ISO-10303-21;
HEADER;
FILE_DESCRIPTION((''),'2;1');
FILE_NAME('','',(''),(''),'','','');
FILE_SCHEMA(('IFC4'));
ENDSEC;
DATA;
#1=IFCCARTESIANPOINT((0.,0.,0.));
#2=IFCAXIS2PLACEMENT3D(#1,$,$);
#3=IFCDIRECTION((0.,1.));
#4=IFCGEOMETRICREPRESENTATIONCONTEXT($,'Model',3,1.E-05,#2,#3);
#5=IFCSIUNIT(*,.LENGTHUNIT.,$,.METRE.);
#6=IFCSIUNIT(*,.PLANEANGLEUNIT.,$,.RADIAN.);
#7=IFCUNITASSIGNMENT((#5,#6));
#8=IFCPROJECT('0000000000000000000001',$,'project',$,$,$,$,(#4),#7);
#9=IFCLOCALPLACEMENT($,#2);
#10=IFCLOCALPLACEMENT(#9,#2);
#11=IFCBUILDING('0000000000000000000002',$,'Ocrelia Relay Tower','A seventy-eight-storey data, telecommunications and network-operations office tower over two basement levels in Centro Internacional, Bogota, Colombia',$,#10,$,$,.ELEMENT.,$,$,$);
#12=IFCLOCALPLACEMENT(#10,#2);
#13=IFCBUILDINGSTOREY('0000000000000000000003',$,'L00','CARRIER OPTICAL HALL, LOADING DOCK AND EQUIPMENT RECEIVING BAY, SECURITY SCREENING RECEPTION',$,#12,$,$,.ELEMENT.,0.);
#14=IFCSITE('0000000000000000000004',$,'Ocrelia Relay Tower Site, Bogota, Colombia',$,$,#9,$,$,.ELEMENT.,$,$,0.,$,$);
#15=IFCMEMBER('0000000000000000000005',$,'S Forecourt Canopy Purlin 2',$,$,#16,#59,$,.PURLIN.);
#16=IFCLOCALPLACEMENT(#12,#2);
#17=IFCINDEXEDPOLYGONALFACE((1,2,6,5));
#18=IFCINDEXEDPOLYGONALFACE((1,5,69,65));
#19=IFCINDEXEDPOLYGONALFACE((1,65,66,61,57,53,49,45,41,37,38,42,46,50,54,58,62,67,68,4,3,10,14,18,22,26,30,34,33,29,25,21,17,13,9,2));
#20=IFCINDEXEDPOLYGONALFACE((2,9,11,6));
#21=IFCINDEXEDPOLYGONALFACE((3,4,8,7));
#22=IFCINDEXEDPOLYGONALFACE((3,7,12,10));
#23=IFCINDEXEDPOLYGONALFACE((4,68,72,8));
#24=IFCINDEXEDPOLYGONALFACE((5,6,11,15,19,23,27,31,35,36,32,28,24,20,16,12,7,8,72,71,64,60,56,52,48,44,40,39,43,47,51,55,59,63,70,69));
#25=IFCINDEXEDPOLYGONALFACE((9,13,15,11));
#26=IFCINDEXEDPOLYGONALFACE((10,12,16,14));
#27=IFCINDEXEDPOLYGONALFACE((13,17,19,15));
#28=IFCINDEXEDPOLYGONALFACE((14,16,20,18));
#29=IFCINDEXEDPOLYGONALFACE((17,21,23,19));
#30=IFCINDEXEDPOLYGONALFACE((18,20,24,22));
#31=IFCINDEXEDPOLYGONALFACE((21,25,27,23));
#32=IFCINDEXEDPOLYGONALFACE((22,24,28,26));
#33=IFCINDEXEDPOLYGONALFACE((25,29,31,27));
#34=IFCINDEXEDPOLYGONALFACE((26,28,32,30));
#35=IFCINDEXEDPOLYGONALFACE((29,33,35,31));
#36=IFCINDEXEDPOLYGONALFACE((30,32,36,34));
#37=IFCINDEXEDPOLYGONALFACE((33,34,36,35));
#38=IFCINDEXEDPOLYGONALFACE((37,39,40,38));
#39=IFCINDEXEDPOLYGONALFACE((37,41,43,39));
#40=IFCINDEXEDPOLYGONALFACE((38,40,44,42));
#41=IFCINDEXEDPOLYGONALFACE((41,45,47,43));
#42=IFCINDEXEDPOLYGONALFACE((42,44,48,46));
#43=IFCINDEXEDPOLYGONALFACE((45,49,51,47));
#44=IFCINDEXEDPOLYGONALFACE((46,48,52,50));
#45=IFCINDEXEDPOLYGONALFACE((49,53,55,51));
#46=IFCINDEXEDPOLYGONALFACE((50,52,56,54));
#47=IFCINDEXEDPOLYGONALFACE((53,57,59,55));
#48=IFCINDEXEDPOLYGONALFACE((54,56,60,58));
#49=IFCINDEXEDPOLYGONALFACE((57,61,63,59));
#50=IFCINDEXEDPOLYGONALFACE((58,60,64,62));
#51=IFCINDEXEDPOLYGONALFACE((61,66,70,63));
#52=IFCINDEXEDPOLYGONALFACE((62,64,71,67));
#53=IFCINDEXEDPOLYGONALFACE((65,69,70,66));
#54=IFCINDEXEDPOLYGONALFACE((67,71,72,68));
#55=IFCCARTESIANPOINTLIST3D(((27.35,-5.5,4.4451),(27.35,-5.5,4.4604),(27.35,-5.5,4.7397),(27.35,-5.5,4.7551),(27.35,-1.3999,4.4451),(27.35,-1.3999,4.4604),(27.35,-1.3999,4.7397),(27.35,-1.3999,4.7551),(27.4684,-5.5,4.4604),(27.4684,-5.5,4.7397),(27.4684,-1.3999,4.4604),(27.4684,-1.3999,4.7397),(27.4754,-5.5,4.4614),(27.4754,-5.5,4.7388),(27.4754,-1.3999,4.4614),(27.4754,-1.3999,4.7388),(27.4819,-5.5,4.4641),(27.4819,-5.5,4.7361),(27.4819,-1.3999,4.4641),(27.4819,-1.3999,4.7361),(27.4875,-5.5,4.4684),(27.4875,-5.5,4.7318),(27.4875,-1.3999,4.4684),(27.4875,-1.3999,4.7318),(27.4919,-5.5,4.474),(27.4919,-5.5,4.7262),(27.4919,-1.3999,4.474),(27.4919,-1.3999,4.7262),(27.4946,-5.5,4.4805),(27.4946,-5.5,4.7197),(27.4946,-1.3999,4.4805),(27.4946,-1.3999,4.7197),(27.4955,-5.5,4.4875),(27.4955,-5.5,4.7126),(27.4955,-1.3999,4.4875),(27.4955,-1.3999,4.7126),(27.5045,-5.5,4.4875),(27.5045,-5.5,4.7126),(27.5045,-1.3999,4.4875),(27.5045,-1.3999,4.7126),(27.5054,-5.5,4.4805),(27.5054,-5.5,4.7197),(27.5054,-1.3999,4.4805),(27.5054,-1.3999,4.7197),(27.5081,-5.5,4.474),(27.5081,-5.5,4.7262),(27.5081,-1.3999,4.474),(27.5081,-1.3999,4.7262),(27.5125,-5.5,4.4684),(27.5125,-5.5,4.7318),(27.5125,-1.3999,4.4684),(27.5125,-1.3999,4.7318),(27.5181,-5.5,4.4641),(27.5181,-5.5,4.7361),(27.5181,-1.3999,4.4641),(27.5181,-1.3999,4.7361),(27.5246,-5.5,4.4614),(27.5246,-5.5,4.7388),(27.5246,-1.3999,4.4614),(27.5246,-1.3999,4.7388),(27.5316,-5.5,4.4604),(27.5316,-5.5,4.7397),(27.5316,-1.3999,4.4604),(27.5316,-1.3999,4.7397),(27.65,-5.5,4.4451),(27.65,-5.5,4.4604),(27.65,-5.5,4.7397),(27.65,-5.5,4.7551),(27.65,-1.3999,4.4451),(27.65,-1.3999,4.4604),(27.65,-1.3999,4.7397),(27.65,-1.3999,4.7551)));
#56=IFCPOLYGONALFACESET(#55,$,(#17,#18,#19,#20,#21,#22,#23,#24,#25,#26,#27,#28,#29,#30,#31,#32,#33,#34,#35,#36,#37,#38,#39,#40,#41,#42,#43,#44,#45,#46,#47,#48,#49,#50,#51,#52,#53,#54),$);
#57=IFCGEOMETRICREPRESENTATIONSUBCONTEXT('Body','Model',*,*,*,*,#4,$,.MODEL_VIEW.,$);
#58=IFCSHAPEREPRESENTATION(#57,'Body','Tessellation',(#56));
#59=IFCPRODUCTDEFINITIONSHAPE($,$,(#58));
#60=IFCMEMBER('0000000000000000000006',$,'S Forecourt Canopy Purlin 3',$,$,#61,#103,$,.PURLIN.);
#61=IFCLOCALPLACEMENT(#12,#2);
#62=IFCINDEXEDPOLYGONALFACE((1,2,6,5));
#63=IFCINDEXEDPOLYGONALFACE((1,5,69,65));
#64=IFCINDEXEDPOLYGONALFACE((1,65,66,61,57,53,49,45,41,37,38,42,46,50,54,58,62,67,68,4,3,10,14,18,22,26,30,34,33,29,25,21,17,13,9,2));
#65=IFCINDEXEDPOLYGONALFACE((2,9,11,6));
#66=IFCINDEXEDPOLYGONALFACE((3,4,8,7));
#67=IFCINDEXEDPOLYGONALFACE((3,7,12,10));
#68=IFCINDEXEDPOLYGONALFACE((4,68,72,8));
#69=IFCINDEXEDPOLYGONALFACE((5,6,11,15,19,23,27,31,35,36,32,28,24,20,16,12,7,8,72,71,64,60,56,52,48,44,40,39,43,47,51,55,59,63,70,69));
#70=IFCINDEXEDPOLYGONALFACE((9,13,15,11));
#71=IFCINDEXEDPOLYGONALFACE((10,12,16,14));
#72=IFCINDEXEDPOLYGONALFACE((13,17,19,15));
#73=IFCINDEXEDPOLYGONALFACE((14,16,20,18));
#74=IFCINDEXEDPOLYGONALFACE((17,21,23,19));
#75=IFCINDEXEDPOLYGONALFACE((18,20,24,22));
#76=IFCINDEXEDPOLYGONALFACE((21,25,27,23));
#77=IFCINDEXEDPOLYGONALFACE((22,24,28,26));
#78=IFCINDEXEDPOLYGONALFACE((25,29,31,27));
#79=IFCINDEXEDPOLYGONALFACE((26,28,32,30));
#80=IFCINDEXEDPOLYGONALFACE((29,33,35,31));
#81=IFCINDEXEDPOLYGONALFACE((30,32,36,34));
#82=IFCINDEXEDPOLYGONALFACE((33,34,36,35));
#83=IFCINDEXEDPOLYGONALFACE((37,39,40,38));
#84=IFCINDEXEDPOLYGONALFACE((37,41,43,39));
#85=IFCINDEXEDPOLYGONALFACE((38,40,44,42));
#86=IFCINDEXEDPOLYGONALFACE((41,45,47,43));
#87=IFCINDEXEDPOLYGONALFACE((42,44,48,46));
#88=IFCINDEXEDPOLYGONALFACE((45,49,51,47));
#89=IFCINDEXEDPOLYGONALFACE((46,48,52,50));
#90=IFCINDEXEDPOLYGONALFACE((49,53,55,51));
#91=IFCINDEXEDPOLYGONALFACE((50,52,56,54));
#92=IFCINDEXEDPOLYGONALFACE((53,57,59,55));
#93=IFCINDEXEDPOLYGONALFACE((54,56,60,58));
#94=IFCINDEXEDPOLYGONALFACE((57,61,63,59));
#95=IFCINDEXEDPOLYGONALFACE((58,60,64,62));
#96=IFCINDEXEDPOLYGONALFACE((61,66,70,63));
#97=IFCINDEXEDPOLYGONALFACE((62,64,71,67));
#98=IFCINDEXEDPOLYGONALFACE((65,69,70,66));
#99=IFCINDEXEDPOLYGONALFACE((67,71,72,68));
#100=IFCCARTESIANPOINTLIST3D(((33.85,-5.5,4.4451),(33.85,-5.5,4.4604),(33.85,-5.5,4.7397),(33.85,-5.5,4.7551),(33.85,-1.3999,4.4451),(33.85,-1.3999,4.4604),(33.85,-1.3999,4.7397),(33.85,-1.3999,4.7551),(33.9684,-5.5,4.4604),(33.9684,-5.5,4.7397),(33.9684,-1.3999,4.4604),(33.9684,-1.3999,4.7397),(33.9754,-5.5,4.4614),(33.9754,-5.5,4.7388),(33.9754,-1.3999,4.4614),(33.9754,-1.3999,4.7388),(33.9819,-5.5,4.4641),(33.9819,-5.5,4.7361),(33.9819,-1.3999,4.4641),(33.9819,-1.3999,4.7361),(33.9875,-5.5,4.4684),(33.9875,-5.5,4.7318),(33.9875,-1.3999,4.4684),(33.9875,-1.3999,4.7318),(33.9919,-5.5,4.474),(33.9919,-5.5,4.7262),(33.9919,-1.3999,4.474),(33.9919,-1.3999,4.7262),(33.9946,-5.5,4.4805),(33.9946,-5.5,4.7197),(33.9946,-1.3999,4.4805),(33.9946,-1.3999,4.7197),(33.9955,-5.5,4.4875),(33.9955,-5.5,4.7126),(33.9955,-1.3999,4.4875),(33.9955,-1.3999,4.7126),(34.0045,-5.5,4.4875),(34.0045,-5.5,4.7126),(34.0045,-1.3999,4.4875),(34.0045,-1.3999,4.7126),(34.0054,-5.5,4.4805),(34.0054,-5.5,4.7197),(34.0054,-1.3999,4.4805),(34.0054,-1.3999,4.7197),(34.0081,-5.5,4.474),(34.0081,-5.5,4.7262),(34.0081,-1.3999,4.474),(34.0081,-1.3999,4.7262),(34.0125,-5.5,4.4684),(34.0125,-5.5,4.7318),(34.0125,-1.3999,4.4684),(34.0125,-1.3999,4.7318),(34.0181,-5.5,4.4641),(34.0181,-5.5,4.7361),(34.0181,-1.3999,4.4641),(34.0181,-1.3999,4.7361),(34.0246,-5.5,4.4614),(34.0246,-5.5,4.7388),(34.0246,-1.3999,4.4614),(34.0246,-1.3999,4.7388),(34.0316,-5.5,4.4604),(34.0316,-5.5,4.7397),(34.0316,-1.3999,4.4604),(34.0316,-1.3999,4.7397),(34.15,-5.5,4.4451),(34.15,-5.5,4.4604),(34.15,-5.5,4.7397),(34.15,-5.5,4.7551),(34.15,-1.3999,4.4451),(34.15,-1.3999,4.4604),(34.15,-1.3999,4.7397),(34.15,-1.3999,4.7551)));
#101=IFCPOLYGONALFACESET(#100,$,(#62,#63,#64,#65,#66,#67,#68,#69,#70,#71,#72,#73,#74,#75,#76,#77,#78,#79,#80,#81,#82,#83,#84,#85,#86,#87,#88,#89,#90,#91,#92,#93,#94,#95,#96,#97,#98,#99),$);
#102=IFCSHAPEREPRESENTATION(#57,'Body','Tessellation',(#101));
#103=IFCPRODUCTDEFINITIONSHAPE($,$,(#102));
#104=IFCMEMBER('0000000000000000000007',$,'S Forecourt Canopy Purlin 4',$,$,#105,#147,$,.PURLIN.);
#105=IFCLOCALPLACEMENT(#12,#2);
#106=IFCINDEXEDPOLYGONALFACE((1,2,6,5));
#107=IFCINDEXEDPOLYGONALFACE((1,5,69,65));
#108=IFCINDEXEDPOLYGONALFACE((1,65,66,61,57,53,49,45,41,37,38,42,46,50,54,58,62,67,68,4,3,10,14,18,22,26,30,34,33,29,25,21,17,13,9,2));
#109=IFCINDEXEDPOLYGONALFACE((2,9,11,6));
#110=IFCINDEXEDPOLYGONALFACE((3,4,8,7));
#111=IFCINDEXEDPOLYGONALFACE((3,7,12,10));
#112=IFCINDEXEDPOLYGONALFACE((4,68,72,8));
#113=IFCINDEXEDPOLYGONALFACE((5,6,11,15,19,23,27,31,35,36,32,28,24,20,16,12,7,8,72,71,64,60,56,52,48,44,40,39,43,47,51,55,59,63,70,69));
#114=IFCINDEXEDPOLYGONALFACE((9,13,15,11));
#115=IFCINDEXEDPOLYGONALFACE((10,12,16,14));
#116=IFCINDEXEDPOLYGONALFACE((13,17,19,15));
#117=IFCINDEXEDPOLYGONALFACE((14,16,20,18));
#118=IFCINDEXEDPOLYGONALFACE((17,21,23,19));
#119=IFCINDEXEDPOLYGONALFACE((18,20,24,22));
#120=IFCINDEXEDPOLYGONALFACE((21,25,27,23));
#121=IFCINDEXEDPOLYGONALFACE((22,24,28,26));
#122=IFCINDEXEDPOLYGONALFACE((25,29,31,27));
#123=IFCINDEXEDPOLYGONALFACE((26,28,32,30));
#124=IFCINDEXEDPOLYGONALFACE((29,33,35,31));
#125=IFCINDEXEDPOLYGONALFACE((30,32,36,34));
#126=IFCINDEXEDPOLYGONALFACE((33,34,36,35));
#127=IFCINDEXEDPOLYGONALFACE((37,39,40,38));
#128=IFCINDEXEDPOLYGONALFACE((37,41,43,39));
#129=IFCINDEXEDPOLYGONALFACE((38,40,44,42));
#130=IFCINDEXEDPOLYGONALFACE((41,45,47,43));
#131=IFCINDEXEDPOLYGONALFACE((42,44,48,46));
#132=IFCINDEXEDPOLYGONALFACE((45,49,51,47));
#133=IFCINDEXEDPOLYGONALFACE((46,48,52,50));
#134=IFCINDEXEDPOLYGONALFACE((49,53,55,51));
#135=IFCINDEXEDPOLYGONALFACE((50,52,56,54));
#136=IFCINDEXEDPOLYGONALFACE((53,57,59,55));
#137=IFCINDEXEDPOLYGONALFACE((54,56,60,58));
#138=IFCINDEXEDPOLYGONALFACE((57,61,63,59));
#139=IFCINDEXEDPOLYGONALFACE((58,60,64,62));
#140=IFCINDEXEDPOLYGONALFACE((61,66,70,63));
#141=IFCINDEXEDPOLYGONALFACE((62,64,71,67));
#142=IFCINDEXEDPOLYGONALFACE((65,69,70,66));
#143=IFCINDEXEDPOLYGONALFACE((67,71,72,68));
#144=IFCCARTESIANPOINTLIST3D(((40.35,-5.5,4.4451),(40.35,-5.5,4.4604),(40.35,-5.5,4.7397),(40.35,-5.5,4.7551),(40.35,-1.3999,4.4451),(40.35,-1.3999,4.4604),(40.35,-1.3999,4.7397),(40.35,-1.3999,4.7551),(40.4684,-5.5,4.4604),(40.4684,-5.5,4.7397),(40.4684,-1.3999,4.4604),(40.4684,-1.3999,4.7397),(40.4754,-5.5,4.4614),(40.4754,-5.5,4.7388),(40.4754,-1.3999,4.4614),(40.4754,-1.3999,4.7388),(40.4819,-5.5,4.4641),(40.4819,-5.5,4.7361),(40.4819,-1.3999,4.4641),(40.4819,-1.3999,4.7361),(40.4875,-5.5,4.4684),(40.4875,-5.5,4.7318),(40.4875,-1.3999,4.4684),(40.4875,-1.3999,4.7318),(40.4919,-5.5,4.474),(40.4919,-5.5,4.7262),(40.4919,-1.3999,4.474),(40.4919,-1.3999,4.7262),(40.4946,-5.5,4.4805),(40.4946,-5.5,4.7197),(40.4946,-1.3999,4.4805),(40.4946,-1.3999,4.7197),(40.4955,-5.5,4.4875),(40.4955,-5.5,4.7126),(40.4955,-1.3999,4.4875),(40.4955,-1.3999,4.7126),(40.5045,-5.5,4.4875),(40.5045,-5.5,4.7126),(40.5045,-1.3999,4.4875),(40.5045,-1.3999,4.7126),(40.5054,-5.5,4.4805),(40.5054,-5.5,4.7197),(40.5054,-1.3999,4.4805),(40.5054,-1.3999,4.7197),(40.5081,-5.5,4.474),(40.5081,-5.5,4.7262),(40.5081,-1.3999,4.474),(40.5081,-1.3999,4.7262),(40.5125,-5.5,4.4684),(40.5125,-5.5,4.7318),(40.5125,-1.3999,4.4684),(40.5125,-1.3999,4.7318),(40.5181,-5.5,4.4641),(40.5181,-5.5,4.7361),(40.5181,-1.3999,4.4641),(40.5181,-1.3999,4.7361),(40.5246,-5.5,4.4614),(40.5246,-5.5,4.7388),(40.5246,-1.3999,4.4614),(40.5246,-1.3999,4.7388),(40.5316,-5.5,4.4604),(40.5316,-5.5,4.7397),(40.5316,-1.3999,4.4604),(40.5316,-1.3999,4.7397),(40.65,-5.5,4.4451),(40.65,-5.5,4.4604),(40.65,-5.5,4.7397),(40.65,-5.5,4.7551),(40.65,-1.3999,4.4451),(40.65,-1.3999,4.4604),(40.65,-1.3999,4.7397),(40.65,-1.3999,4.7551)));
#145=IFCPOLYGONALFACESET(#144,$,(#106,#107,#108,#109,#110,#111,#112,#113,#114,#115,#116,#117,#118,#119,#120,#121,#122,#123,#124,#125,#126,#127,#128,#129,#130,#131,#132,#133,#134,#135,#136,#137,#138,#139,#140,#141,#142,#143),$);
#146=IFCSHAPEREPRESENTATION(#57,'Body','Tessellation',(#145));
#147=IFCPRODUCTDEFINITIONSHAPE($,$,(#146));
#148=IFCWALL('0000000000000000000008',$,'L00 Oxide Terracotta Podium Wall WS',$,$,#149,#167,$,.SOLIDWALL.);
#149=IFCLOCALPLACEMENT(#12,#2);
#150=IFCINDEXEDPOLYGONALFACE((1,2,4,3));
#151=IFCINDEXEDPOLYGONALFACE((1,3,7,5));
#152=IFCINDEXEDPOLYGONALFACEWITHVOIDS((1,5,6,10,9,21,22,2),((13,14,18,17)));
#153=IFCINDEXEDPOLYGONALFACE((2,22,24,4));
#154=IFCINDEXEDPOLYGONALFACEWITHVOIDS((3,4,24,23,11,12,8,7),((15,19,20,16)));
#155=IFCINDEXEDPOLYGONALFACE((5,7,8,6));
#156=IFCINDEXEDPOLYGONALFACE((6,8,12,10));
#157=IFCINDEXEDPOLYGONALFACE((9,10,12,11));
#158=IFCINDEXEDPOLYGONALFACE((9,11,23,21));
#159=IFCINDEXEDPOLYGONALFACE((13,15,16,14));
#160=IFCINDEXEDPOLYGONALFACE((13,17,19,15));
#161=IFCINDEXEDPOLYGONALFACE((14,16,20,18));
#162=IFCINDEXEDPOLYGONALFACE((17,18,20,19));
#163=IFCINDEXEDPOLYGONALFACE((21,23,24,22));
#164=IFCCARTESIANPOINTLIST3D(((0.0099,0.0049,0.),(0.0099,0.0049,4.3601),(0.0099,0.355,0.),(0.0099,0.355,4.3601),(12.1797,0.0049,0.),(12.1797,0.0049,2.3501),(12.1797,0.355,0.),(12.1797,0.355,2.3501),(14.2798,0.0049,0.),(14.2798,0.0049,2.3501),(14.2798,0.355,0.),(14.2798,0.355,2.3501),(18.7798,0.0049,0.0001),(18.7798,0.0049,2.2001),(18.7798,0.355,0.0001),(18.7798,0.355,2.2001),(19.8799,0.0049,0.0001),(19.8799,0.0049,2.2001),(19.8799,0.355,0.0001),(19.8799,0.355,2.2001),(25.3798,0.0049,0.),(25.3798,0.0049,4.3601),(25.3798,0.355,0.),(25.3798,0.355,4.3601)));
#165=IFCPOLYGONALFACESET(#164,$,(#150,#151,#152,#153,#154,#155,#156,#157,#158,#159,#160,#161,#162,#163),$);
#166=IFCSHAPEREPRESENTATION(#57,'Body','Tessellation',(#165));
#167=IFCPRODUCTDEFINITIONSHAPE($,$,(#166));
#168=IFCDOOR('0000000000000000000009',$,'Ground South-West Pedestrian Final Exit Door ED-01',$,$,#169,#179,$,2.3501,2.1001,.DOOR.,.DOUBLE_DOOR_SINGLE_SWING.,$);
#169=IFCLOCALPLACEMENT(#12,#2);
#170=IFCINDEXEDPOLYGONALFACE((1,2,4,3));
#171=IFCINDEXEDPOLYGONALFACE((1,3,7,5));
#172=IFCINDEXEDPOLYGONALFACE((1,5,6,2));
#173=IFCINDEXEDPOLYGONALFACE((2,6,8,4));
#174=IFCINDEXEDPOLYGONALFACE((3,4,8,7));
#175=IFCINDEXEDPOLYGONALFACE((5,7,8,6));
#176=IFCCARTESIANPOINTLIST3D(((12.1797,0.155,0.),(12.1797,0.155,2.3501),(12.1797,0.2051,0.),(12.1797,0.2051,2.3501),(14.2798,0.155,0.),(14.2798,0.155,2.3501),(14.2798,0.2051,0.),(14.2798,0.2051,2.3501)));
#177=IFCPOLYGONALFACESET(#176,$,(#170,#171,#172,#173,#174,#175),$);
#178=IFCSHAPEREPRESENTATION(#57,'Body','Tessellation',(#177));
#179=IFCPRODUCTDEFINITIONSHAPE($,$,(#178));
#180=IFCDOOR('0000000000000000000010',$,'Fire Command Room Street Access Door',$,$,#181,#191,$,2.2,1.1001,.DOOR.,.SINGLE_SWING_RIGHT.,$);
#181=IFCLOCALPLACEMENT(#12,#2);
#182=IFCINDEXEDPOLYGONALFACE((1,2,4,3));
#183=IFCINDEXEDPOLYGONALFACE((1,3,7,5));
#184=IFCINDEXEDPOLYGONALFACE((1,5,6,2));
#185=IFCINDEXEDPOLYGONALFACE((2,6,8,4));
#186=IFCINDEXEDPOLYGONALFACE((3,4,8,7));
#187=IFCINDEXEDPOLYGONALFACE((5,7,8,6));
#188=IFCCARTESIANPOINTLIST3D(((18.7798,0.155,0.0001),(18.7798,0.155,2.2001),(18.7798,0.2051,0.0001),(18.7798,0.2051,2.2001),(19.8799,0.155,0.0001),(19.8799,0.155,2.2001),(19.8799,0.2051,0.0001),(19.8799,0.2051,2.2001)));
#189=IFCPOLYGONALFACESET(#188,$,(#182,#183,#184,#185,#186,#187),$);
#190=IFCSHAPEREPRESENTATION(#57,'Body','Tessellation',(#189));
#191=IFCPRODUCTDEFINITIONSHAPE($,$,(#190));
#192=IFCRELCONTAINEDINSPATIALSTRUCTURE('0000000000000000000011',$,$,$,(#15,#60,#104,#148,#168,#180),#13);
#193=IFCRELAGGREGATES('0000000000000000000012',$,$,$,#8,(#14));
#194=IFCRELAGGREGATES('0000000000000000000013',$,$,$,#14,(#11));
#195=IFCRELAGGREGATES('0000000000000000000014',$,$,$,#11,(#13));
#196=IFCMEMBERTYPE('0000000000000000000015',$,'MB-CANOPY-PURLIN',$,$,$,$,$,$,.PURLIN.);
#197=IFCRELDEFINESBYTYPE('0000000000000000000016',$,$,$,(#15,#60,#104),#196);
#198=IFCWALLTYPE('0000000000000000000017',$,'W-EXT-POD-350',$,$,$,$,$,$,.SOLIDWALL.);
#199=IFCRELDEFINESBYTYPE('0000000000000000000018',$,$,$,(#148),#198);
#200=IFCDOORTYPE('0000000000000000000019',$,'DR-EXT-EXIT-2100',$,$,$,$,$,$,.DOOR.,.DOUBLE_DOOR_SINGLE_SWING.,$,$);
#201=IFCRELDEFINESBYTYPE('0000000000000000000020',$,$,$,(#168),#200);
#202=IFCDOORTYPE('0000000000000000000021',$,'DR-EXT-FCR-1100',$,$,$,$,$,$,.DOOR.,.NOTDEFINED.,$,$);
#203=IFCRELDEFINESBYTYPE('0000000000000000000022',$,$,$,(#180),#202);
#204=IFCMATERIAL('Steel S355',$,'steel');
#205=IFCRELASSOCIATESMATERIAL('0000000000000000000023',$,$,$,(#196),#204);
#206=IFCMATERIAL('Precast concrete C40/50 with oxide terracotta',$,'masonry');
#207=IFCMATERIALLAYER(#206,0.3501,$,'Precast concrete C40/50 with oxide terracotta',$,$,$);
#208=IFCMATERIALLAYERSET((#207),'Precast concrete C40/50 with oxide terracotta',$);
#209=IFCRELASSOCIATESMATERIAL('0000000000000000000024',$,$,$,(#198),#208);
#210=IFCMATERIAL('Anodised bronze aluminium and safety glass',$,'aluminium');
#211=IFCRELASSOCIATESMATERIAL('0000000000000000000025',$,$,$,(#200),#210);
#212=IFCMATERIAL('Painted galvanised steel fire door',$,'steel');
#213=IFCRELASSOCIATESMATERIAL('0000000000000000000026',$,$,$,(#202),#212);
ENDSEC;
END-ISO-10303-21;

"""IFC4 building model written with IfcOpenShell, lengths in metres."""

from ifc_helpers import new_model, si_unit, direction, frame, frame_2d, origin, origin_2d, place, context, subcontext, project, spatial, rectangle, i_section, extrude, material, layer, layer_set, material_profile, profile_set, type_object, element, fill, save


model = new_model("IFC4")

# Units and contexts
model_context = context("Model", 3, precision=1e-05, world=origin(), true_north=direction((0.0, 1.0)))
body_context = subcontext(model_context, "Body", "Model", "MODEL_VIEW")
ifc_project = project(units=[si_unit("LENGTHUNIT", "METRE"), si_unit("PLANEANGLEUNIT", "RADIAN")], contexts=[model_context])

# Site, building, storey
site_placement = place(None, origin())
site = spatial("IfcSite", under=ifc_project, at=site_placement, Name="Ocrelia Relay Tower Site, Bogota, Colombia", CompositionType="ELEMENT", RefElevation=0.0)
building_placement = place(site_placement, origin())
building = spatial("IfcBuilding", under=site, at=building_placement, Name="Ocrelia Relay Tower", Description="A seventy-eight-storey data, telecommunications and network-operations office tower over two basement levels in Centro Internacional, Bogota, Colombia", CompositionType="ELEMENT")
storey_placement = place(building_placement, origin())
storey = spatial("IfcBuildingStorey", under=building, at=storey_placement, Name="L00", Description="CARRIER OPTICAL HALL, LOADING DOCK AND EQUIPMENT RECEIVING BAY, SECURITY SCREENING RECEPTION", CompositionType="ELEMENT", Elevation=0.0)

# Shared definitions
ifc_material_1 = material(Name="Steel S355", Category="steel")

# Members
ifc_material_profile_1 = material_profile(ifc_material_1, i_section(OverallWidth=0.3, OverallDepth=0.3101, WebThickness=0.009, FlangeThickness=0.0154, FilletRadius=0.0271, at=origin_2d()), Name="HEA 320")
ifc_profile_set_1 = profile_set([ifc_material_profile_1], Name="Steel S355")
member_type = type_object("IfcMemberType", Name="MB-CANOPY-PURLIN", PredefinedType="PURLIN", material=ifc_profile_set_1)
for number, where, z_axis, x_axis, name in (
    (1, (27.5, -5.5, 4.6001), (0.0, 1.0, 0.0), (-1.0, 0.0, 0.0), "S Forecourt Canopy Purlin 2"),
    (2, (34.0, -5.5, 4.6001), (0.0, 1.0, 0.0), (-1.0, 0.0, 0.0), "S Forecourt Canopy Purlin 3"),
    (3, (40.5, -5.5, 4.6001), (0.0, 1.0, 0.0), (-1.0, 0.0, 0.0), "S Forecourt Canopy Purlin 4"),
):
    element("IfcMember", number, at=place(storey_placement, frame(where, z_axis=z_axis, x_axis=x_axis)), inside=storey, type_object=member_type, Name=name, PredefinedType="PURLIN", context=body_context, shape_type="SweptSolid", body=[
        extrude(i_section(OverallWidth=0.3, OverallDepth=0.3101, WebThickness=0.009, FlangeThickness=0.0154, FilletRadius=0.0271, at=origin_2d()), origin(), (0.0, 0.0, 1.0), 4.1001),
    ])

# Wall, openings, doors
ifc_material_2 = material(Name="Precast concrete C40/50 with oxide terracotta", Category="masonry")
ifc_layer_1 = layer(ifc_material_2, 0.3501, Name="Precast concrete C40/50 with oxide terracotta")
ifc_layer_set_1 = layer_set([ifc_layer_1], Name="Precast concrete C40/50 with oxide terracotta")
wall_type = type_object("IfcWallType", Name="W-EXT-POD-350", PredefinedType="SOLIDWALL", material=ifc_layer_set_1)
wall_placement = place(storey_placement, frame((25.3799, 0.1799, 0.0), z_axis=(0.0, 0.0, 1.0), x_axis=(-1.0, 0.0, 0.0)))
wall = element("IfcWall", 4, at=wall_placement, inside=storey, type_object=wall_type, Name="L00 Oxide Terracotta Podium Wall WS", PredefinedType="SOLIDWALL", context=body_context, shape_type="SweptSolid", body=[
    extrude(rectangle(XDim=25.3699, YDim=0.3501, at=frame_2d((12.6851, 0.0))), origin(), (0.0, 0.0, 1.0), 4.3601),
])
opening_1_placement = place(wall_placement, frame((11.1001, 0.0, 0.0)))
opening_1 = element("IfcOpeningElement", 5, at=opening_1_placement, cuts=wall, PredefinedType="OPENING", context=body_context, shape_type="SweptSolid", body=[
    extrude(rectangle(XDim=2.1001, YDim=2.3501, at=frame_2d((1.05, 1.175))), frame((0.0, 0.1851, 0.0), z_axis=(0.0, -1.0, 0.0), x_axis=(1.0, 0.0, 0.0)), (0.0, 0.0, 1.0), 0.3701),
])
opening_2_placement = place(wall_placement, frame((5.5, 0.0, 0.0)))
opening_2 = element("IfcOpeningElement", 6, at=opening_2_placement, cuts=wall, PredefinedType="OPENING", context=body_context, shape_type="SweptSolid", body=[
    extrude(rectangle(XDim=1.1001, YDim=2.2, at=frame_2d((0.55, 1.1001))), frame((0.0, 0.1851, 0.0), z_axis=(0.0, -1.0, 0.0), x_axis=(1.0, 0.0, 0.0)), (0.0, 0.0, 1.0), 0.3701),
])
ifc_material_3 = material(Name="Anodised bronze aluminium and safety glass", Category="aluminium")
door_type_1 = type_object("IfcDoorType", Name="DR-EXT-EXIT-2100", OperationType="DOUBLE_DOOR_SINGLE_SWING", PredefinedType="DOOR", material=ifc_material_3)
door_1_placement = place(opening_1_placement, origin())
door_1 = element("IfcDoor", 7, at=door_1_placement, inside=storey, type_object=door_type_1, Name="Ground South-West Pedestrian Final Exit Door ED-01", OperationType="DOUBLE_DOOR_SINGLE_SWING", OverallHeight=2.3501, OverallWidth=2.1001, PredefinedType="DOOR", context=body_context, shape_type="SweptSolid", body=[
    extrude(rectangle(XDim=2.1001, YDim=2.3501, at=frame_2d((1.05, 1.175))), frame((0.0, 0.0249, 0.0), z_axis=(0.0, -1.0, 0.0), x_axis=(1.0, 0.0, 0.0)), (0.0, 0.0, 1.0), 0.05),
])
fill(opening_1, door_1)
ifc_material_4 = material(Name="Painted galvanised steel fire door", Category="steel")
door_type_2 = type_object("IfcDoorType", Name="DR-EXT-FCR-1100", OperationType="NOTDEFINED", PredefinedType="DOOR", material=ifc_material_4)
door_2_placement = place(opening_2_placement, origin())
door_2 = element("IfcDoor", 8, at=door_2_placement, inside=storey, type_object=door_type_2, Name="Fire Command Room Street Access Door", OperationType="SINGLE_SWING_RIGHT", OverallHeight=2.2, OverallWidth=1.1001, PredefinedType="DOOR", context=body_context, shape_type="SweptSolid", body=[
    extrude(rectangle(XDim=1.1001, YDim=2.2, at=frame_2d((0.55, 1.1001))), frame((0.0, 0.0249, 0.0), z_axis=(0.0, -1.0, 0.0), x_axis=(1.0, 0.0, 0.0)), (0.0, 0.0, 1.0), 0.05),
])
fill(opening_2, door_2)

save(model, "model.ifc")
